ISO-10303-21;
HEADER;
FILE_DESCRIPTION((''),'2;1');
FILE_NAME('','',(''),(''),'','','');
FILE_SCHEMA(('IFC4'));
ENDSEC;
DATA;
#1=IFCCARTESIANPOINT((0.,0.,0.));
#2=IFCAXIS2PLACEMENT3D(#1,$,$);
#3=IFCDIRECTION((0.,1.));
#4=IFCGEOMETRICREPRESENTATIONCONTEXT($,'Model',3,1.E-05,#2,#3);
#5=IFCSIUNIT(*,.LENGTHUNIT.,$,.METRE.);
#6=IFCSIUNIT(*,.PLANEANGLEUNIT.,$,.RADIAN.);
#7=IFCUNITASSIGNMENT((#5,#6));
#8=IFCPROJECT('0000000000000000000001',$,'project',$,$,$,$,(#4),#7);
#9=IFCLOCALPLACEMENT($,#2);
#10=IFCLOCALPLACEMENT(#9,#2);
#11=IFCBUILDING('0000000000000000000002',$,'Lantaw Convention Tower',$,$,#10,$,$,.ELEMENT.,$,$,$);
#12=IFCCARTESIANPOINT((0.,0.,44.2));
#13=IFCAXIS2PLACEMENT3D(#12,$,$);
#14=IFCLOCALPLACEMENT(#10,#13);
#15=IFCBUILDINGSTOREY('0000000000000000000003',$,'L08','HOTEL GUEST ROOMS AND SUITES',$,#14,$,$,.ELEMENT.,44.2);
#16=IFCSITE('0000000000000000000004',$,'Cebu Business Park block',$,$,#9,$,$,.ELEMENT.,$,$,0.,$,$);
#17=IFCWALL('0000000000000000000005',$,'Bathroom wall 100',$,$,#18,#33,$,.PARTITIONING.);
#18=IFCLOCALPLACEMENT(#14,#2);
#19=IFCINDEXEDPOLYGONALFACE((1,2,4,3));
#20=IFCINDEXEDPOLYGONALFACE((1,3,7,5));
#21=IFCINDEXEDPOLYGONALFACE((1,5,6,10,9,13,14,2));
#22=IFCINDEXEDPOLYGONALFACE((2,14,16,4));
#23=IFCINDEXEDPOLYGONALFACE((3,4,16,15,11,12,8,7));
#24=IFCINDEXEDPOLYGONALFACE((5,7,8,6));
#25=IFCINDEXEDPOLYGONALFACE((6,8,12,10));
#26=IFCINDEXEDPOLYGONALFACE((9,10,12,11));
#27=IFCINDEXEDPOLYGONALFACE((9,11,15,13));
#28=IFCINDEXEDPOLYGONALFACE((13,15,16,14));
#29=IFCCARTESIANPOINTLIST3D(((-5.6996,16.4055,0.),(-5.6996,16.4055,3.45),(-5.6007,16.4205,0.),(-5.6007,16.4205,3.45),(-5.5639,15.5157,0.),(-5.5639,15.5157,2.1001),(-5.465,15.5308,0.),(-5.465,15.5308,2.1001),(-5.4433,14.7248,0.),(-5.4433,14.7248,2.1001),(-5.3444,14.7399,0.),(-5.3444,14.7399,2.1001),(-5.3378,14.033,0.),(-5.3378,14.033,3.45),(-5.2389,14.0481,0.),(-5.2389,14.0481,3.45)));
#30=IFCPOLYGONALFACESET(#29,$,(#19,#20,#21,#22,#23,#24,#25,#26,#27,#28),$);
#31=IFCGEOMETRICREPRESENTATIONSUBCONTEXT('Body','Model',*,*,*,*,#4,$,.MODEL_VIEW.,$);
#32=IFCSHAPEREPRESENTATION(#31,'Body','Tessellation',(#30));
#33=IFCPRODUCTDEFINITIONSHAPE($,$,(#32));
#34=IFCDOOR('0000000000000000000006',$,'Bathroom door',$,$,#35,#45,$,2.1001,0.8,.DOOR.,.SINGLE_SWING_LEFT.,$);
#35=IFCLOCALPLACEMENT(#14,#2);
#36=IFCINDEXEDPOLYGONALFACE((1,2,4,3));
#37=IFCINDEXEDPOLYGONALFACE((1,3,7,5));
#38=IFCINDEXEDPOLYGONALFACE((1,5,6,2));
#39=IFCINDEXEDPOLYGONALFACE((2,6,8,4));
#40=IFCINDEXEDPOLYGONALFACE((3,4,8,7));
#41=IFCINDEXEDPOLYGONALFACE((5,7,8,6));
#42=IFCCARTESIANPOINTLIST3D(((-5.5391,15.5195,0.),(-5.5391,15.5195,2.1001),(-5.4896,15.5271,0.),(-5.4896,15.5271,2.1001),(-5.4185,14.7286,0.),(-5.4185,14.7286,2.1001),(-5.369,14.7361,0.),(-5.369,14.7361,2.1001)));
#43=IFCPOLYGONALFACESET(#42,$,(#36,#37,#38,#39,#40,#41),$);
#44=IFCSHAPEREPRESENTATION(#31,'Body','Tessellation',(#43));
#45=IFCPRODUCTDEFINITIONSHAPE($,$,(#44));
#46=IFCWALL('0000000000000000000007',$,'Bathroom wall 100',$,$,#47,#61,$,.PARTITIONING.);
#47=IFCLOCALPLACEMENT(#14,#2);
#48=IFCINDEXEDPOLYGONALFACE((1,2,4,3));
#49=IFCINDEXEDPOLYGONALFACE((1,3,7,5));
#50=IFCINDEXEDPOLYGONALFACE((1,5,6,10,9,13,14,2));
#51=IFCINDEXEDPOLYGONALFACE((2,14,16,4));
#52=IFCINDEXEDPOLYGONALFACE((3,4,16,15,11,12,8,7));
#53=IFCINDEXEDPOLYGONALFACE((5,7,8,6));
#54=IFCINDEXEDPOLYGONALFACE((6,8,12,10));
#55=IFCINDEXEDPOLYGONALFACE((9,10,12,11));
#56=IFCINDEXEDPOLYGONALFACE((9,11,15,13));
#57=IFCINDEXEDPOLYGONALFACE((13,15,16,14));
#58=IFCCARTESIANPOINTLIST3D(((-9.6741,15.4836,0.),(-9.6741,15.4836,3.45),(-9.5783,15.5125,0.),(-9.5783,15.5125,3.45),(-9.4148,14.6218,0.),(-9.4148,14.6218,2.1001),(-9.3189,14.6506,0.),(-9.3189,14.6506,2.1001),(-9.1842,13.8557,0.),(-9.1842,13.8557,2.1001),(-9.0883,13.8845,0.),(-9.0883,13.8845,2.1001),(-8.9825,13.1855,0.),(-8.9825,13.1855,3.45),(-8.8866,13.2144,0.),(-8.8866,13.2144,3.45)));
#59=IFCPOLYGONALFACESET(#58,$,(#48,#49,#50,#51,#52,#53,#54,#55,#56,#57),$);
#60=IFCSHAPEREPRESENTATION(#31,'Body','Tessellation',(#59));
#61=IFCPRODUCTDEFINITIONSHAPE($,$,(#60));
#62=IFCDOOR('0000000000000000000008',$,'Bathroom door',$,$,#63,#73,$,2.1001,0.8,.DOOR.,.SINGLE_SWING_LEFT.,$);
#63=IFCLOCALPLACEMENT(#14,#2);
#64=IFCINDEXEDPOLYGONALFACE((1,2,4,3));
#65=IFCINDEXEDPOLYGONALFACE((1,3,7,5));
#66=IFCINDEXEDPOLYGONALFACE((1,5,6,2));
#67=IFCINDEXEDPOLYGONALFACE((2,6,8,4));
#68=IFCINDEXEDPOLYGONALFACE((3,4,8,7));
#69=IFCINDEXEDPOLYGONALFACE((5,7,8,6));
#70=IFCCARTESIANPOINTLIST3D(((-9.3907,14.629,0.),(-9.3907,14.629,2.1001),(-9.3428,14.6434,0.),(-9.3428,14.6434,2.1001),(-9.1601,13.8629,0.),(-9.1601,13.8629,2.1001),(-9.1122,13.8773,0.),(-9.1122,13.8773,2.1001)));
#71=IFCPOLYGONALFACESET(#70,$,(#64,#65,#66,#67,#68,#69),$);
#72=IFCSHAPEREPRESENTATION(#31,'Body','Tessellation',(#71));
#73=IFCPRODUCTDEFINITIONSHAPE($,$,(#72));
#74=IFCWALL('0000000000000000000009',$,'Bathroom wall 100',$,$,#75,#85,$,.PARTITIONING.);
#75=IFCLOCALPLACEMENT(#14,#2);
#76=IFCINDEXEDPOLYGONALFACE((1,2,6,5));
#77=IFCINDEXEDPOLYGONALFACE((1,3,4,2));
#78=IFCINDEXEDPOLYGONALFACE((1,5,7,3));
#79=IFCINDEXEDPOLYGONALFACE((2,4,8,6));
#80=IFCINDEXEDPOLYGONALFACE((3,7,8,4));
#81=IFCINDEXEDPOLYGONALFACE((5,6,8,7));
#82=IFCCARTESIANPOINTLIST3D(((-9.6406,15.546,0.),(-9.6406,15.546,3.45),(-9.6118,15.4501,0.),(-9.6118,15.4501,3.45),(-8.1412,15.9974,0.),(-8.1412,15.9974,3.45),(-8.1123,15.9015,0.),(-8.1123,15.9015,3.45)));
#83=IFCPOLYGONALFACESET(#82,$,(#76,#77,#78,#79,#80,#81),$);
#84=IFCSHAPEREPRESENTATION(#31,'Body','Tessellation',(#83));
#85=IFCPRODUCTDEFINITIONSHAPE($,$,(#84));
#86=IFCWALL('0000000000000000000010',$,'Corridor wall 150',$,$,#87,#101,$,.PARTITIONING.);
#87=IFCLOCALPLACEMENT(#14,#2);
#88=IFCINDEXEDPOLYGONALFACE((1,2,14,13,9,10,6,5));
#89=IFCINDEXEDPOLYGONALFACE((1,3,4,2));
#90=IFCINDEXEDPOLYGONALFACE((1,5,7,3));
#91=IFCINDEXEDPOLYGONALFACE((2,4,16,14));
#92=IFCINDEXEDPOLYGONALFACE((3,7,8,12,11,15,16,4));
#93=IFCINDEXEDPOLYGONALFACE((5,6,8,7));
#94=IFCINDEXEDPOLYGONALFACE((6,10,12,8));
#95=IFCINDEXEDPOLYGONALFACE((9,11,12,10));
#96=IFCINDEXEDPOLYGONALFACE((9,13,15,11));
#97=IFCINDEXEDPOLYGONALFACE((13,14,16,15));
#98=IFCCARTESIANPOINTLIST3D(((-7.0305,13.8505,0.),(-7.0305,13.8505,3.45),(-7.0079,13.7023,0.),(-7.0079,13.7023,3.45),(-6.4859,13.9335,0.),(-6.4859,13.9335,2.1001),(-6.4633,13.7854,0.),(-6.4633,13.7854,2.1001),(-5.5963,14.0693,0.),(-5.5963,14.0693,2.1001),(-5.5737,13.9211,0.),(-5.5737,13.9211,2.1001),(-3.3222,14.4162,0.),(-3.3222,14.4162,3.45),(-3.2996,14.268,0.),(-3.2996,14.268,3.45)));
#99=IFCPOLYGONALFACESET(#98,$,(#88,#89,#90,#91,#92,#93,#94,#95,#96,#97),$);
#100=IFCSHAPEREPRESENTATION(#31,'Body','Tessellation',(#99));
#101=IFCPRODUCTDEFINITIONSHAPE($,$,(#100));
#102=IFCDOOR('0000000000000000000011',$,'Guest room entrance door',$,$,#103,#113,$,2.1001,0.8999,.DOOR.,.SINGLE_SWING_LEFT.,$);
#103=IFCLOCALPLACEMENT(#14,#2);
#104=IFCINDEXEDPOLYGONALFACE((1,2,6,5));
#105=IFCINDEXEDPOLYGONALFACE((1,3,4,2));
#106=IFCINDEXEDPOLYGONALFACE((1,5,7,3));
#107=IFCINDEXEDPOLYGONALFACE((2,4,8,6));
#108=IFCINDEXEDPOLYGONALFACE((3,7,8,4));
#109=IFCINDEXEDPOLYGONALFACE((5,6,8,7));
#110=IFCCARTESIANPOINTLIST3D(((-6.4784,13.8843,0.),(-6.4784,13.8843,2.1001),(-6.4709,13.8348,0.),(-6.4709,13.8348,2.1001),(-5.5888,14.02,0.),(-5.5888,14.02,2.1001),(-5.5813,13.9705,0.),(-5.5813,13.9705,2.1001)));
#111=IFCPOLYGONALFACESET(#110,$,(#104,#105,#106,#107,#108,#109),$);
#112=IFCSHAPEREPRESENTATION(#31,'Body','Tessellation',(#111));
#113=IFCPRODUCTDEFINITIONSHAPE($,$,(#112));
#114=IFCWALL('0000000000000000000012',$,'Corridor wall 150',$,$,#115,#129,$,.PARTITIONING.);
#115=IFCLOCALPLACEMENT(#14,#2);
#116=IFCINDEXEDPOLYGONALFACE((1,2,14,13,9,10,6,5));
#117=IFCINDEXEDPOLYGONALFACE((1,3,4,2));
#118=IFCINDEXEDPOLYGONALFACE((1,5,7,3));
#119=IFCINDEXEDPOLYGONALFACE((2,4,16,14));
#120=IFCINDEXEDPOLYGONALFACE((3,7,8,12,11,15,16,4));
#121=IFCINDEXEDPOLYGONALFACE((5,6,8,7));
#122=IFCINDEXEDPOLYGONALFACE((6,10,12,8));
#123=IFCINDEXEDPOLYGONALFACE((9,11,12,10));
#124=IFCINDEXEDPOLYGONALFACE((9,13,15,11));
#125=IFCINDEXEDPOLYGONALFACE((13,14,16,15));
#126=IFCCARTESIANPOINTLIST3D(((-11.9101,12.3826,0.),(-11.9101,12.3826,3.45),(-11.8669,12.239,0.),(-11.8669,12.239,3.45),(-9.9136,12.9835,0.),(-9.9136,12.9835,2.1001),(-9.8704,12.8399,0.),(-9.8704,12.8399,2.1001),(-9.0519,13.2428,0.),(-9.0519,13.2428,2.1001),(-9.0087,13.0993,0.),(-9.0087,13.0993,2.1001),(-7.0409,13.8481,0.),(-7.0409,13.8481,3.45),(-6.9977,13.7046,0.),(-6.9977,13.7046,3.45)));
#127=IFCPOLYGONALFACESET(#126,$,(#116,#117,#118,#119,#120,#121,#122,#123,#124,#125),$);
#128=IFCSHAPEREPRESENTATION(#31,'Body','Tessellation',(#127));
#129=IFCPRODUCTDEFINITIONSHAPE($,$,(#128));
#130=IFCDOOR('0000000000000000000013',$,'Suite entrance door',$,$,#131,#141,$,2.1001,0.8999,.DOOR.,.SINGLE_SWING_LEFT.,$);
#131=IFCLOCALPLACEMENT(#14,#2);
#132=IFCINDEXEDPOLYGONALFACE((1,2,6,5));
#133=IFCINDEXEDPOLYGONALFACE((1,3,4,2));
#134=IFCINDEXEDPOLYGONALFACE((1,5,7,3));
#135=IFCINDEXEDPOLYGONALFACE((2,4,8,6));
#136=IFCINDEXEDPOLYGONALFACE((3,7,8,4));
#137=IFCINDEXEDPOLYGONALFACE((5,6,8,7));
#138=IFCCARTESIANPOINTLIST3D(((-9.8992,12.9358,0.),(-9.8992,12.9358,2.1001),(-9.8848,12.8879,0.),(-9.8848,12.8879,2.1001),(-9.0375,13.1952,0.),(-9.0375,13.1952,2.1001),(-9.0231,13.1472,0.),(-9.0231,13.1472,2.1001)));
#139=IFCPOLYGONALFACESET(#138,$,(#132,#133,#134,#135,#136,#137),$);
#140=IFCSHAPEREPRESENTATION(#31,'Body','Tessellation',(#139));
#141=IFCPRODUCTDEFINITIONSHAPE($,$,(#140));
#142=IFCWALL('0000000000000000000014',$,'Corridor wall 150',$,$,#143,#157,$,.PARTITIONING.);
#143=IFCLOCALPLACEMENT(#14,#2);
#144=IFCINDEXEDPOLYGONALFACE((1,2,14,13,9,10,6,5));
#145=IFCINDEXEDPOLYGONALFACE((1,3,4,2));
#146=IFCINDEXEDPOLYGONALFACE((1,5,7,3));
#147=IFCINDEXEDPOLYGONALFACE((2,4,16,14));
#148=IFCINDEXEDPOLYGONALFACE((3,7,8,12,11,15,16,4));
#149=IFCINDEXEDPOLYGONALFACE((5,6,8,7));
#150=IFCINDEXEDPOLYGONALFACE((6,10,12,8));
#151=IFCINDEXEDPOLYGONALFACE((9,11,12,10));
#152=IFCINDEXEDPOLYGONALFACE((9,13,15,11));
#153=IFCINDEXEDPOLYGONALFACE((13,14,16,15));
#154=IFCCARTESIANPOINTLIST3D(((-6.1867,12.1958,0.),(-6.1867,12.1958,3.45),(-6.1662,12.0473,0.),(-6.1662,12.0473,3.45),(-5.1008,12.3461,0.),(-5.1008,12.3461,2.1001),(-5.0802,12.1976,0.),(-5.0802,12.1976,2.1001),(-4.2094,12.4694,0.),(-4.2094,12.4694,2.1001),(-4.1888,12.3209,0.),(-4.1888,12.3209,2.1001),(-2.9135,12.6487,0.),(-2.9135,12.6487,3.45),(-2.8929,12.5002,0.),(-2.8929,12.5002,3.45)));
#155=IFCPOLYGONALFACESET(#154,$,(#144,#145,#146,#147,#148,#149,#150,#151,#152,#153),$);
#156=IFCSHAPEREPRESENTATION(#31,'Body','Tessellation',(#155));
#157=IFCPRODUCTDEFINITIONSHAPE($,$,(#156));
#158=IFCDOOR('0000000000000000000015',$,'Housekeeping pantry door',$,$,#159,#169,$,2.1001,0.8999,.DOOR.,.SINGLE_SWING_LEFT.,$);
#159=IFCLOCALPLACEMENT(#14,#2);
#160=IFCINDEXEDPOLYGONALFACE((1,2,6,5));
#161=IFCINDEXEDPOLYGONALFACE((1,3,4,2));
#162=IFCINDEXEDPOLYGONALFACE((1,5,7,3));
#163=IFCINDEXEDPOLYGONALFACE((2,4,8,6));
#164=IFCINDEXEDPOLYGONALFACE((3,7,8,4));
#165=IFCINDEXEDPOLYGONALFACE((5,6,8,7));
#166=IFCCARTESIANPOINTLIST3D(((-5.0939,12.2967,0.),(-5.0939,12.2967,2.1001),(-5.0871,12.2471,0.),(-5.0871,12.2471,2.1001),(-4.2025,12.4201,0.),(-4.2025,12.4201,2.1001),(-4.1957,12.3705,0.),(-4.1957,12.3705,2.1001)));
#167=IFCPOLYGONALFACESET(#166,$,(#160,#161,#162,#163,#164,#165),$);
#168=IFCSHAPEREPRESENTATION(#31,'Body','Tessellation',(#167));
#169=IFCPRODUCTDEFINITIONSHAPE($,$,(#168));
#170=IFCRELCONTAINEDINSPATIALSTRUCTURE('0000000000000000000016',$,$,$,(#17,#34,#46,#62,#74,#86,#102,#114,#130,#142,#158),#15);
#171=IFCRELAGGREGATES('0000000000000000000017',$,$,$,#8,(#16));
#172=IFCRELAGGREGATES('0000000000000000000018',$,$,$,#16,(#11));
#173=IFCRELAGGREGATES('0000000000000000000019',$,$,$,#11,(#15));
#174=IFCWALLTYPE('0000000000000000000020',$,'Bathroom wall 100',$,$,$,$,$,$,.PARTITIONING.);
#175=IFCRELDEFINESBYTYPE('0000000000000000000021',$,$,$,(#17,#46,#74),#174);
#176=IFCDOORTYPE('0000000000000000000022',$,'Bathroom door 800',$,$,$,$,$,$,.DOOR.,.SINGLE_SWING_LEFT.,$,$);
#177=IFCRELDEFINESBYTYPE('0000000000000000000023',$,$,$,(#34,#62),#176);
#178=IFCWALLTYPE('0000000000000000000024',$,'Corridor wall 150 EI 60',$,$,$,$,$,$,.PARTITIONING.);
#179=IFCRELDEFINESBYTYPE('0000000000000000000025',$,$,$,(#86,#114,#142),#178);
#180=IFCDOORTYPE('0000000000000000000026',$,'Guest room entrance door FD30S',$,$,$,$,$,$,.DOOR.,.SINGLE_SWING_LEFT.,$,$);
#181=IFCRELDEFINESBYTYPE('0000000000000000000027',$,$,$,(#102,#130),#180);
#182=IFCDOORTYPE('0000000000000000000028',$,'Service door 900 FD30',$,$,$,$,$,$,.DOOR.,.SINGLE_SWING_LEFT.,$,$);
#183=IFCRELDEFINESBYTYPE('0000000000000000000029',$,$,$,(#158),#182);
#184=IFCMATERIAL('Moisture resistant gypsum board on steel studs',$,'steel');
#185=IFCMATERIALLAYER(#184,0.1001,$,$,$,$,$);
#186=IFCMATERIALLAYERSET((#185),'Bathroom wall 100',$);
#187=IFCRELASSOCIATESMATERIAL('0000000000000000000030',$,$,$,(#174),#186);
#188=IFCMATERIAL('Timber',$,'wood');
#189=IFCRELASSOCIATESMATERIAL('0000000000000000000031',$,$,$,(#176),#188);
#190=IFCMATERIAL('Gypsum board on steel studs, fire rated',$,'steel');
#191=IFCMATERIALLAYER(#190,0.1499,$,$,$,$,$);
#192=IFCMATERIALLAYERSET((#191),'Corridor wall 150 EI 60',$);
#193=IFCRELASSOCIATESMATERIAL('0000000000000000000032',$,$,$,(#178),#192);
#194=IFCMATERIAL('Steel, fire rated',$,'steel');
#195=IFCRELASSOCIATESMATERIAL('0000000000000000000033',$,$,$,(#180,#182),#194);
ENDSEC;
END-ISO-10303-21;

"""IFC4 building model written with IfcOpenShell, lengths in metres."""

from ifc_helpers import new_model, si_unit, direction, frame, frame_2d, origin, place, context, subcontext, project, spatial, rectangle, extrude, material, layer, layer_set, type_object, element, fill, save


model = new_model("IFC4")

# Units and contexts
model_context = context("Model", 3, precision=1e-05, world=origin(), true_north=direction((0.0, 1.0)))
body_context = subcontext(model_context, "Body", "Model", "MODEL_VIEW")
ifc_project = project(units=[si_unit("LENGTHUNIT", "METRE"), si_unit("PLANEANGLEUNIT", "RADIAN")], contexts=[model_context])

# Site, building, storey
site_placement = place(None, origin())
site = spatial("IfcSite", under=ifc_project, at=site_placement, Name="Cebu Business Park block", CompositionType="ELEMENT", RefElevation=0.0)
building_placement = place(site_placement, origin())
building = spatial("IfcBuilding", under=site, at=building_placement, Name="Lantaw Convention Tower", CompositionType="ELEMENT")
storey_placement = place(building_placement, frame((0.0, 0.0, 44.2)))
storey = spatial("IfcBuildingStorey", under=building, at=storey_placement, Name="L08", Description="HOTEL GUEST ROOMS AND SUITES", CompositionType="ELEMENT", Elevation=44.2)

# Walls, openings, doors
ifc_material_1 = material(Name="Moisture resistant gypsum board on steel studs", Category="steel")
ifc_layer_1 = layer(ifc_material_1, 0.1001)
ifc_layer_set_1 = layer_set([ifc_layer_1], Name="Bathroom wall 100")
wall_type_1 = type_object("IfcWallType", Name="Bathroom wall 100", PredefinedType="PARTITIONING", material=ifc_layer_set_1)
ifc_material_2 = material(Name="Timber", Category="wood")
door_type_1 = type_object("IfcDoorType", Name="Bathroom door 800", OperationType="SINGLE_SWING_LEFT", PredefinedType="DOOR", material=ifc_material_2)
wall_1_placement = place(storey_placement, frame((-5.2883, 14.0405, 0.0), z_axis=(0.0, 0.0, 1.0), x_axis=(-0.150758, 0.988571, 0.0)))
wall_1 = element("IfcWall", 1, at=wall_1_placement, inside=storey, type_object=wall_type_1, Name="Bathroom wall 100", PredefinedType="PARTITIONING", context=body_context, shape_type="SweptSolid", body=[
    extrude(rectangle(XDim=2.3999, YDim=0.1001, at=frame_2d((1.2, 0.0))), origin(), (0.0, 0.0, 1.0), 3.45),
])
opening_1_placement = place(wall_1_placement, frame((0.7, 0.0, 0.0)))
opening_1 = element("IfcOpeningElement", 2, at=opening_1_placement, cuts=wall_1, PredefinedType="OPENING", context=body_context, shape_type="SweptSolid", body=[
    extrude(rectangle(XDim=0.8, YDim=2.1001, at=frame_2d((0.3999, 1.05))), frame((0.0, 0.0601, 0.0), z_axis=(0.0, -1.0, 0.0), x_axis=(1.0, 0.0, 0.0)), (0.0, 0.0, 1.0), 0.1201),
])
door_1_placement = place(opening_1_placement, origin())
door_1 = element("IfcDoor", 3, at=door_1_placement, inside=storey, type_object=door_type_1, Name="Bathroom door", OperationType="SINGLE_SWING_LEFT", OverallHeight=2.1001, OverallWidth=0.8, PredefinedType="DOOR", context=body_context, shape_type="SweptSolid", body=[
    extrude(rectangle(XDim=0.8, YDim=2.1001, at=frame_2d((0.3999, 1.05))), frame((0.0, 0.0249, 0.0), z_axis=(0.0, -1.0, 0.0), x_axis=(1.0, 0.0, 0.0)), (0.0, 0.0, 1.0), 0.05),
])
fill(opening_1, door_1)
wall_2_placement = place(storey_placement, frame((-8.9346, 13.2, 0.0), z_axis=(0.0, 0.0, 1.0), x_axis=(-0.288197, 0.957571, 0.0)))
wall_2 = element("IfcWall", 4, at=wall_2_placement, inside=storey, type_object=wall_type_1, Name="Bathroom wall 100", PredefinedType="PARTITIONING", context=body_context, shape_type="SweptSolid", body=[
    extrude(rectangle(XDim=2.3999, YDim=0.1001, at=frame_2d((1.2, 0.0))), origin(), (0.0, 0.0, 1.0), 3.45),
])
opening_2_placement = place(wall_2_placement, frame((0.7, 0.0, 0.0)))
opening_2 = element("IfcOpeningElement", 5, at=opening_2_placement, cuts=wall_2, PredefinedType="OPENING", context=body_context, shape_type="SweptSolid", body=[
    extrude(rectangle(XDim=0.8, YDim=2.1001, at=frame_2d((0.3999, 1.05))), frame((0.0, 0.0601, 0.0), z_axis=(0.0, -1.0, 0.0), x_axis=(1.0, 0.0, 0.0)), (0.0, 0.0, 1.0), 0.1201),
])
door_2_placement = place(opening_2_placement, origin())
door_2 = element("IfcDoor", 6, at=door_2_placement, inside=storey, type_object=door_type_1, Name="Bathroom door", OperationType="SINGLE_SWING_LEFT", OverallHeight=2.1001, OverallWidth=0.8, PredefinedType="DOOR", context=body_context, shape_type="SweptSolid", body=[
    extrude(rectangle(XDim=0.8, YDim=2.1001, at=frame_2d((0.3999, 1.05))), frame((0.0, 0.0249, 0.0), z_axis=(0.0, -1.0, 0.0), x_axis=(1.0, 0.0, 0.0)), (0.0, 0.0, 1.0), 0.05),
])
fill(opening_2, door_2)

# Wall
wall_3_placement = place(storey_placement, frame((-9.6262, 15.498, 0.0), z_axis=(0.0, 0.0, 1.0), x_axis=(0.957551, 0.288263, 0.0)))
element("IfcWall", 7, at=wall_3_placement, inside=storey, type_object=wall_type_1, Name="Bathroom wall 100", PredefinedType="PARTITIONING", context=body_context, shape_type="SweptSolid", body=[
    extrude(rectangle(XDim=1.5659, YDim=0.1001, at=frame_2d((0.783, 0.0))), origin(), (0.0, 0.0, 1.0), 3.45),
])

# Walls, openings, doors
ifc_material_3 = material(Name="Gypsum board on steel studs, fire rated", Category="steel")
ifc_layer_2 = layer(ifc_material_3, 0.1499)
ifc_layer_set_2 = layer_set([ifc_layer_2], Name="Corridor wall 150 EI 60")
wall_type_2 = type_object("IfcWallType", Name="Corridor wall 150 EI 60", PredefinedType="PARTITIONING", material=ifc_layer_set_2)
wall_4_placement = place(storey_placement, frame((-3.311, 14.342, 0.0), z_axis=(0.0, 0.0, 1.0), x_axis=(-0.988564, -0.1508, 0.0)))
wall_4 = element("IfcWall", 8, at=wall_4_placement, inside=storey, type_object=wall_type_2, Name="Corridor wall 150", PredefinedType="PARTITIONING", context=body_context, shape_type="SweptSolid", body=[
    extrude(rectangle(XDim=3.7512, YDim=0.1499, at=frame_2d((1.8755, 0.0))), origin(), (0.0, 0.0, 1.0), 3.45),
])
opening_3_placement = place(wall_4_placement, frame((2.3003, 0.0, 0.0)))
opening_3 = element("IfcOpeningElement", 9, at=opening_3_placement, cuts=wall_4, PredefinedType="OPENING", context=body_context, shape_type="SweptSolid", body=[
    extrude(rectangle(XDim=0.8999, YDim=2.1001, at=frame_2d((0.45, 1.05))), frame((0.0, 0.085, 0.0), z_axis=(0.0, -1.0, 0.0), x_axis=(1.0, 0.0, 0.0)), (0.0, 0.0, 1.0), 0.1699),
])
ifc_material_4 = material(Name="Steel, fire rated", Category="steel")
door_type_2 = type_object("IfcDoorType", Name="Guest room entrance door FD30S", OperationType="SINGLE_SWING_LEFT", PredefinedType="DOOR", material=ifc_material_4)
door_3_placement = place(opening_3_placement, origin())
door_3 = element("IfcDoor", 10, at=door_3_placement, inside=storey, type_object=door_type_2, Name="Guest room entrance door", OperationType="SINGLE_SWING_LEFT", OverallHeight=2.1001, OverallWidth=0.8999, PredefinedType="DOOR", context=body_context, shape_type="SweptSolid", body=[
    extrude(rectangle(XDim=0.8999, YDim=2.1001, at=frame_2d((0.45, 1.05))), frame((0.0, 0.0249, 0.0), z_axis=(0.0, -1.0, 0.0), x_axis=(1.0, 0.0, 0.0)), (0.0, 0.0, 1.0), 0.05),
])
fill(opening_3, door_3)
wall_5_placement = place(storey_placement, frame((-7.0193, 13.7764, 0.0), z_axis=(0.0, 0.0, 1.0), x_axis=(-0.957564, -0.28822, 0.0)))
wall_5 = element("IfcWall", 11, at=wall_5_placement, inside=storey, type_object=wall_type_2, Name="Corridor wall 150", PredefinedType="PARTITIONING", context=body_context, shape_type="SweptSolid", body=[
    extrude(rectangle(XDim=5.085, YDim=0.1499, at=frame_2d((2.5425, 0.0))), origin(), (0.0, 0.0, 1.0), 3.45),
])
opening_4_placement = place(wall_5_placement, frame((2.1001, 0.0, 0.0)))
opening_4 = element("IfcOpeningElement", 12, at=opening_4_placement, cuts=wall_5, PredefinedType="OPENING", context=body_context, shape_type="SweptSolid", body=[
    extrude(rectangle(XDim=0.8999, YDim=2.1001, at=frame_2d((0.45, 1.05))), frame((0.0, 0.085, 0.0), z_axis=(0.0, -1.0, 0.0), x_axis=(1.0, 0.0, 0.0)), (0.0, 0.0, 1.0), 0.1699),
])
door_4_placement = place(opening_4_placement, origin())
door_4 = element("IfcDoor", 13, at=door_4_placement, inside=storey, type_object=door_type_2, Name="Suite entrance door", OperationType="SINGLE_SWING_LEFT", OverallHeight=2.1001, OverallWidth=0.8999, PredefinedType="DOOR", context=body_context, shape_type="SweptSolid", body=[
    extrude(rectangle(XDim=0.8999, YDim=2.1001, at=frame_2d((0.45, 1.05))), frame((0.0, 0.0249, 0.0), z_axis=(0.0, -1.0, 0.0), x_axis=(1.0, 0.0, 0.0)), (0.0, 0.0, 1.0), 0.05),
])
fill(opening_4, door_4)
wall_6_placement = place(storey_placement, frame((-2.9031, 12.5745, 0.0), z_axis=(0.0, 0.0, 1.0), x_axis=(-0.990563, -0.137055, 0.0)))
wall_6 = element("IfcWall", 14, at=wall_6_placement, inside=storey, type_object=wall_type_2, Name="Corridor wall 150", PredefinedType="PARTITIONING", context=body_context, shape_type="SweptSolid", body=[
    extrude(rectangle(XDim=3.3044, YDim=0.1499, at=frame_2d((1.6523, 0.0))), origin(), (0.0, 0.0, 1.0), 3.45),
])
opening_5_placement = place(wall_6_placement, frame((1.3083, 0.0, 0.0)))
opening_5 = element("IfcOpeningElement", 15, at=opening_5_placement, cuts=wall_6, PredefinedType="OPENING", context=body_context, shape_type="SweptSolid", body=[
    extrude(rectangle(XDim=0.8999, YDim=2.1001, at=frame_2d((0.45, 1.05))), frame((0.0, 0.085, 0.0), z_axis=(0.0, -1.0, 0.0), x_axis=(1.0, 0.0, 0.0)), (0.0, 0.0, 1.0), 0.1699),
])
door_type_3 = type_object("IfcDoorType", Name="Service door 900 FD30", OperationType="SINGLE_SWING_LEFT", PredefinedType="DOOR", material=ifc_material_4)
door_5_placement = place(opening_5_placement, origin())
door_5 = element("IfcDoor", 16, at=door_5_placement, inside=storey, type_object=door_type_3, Name="Housekeeping pantry door", OperationType="SINGLE_SWING_LEFT", OverallHeight=2.1001, OverallWidth=0.8999, PredefinedType="DOOR", context=body_context, shape_type="SweptSolid", body=[
    extrude(rectangle(XDim=0.8999, YDim=2.1001, at=frame_2d((0.45, 1.05))), frame((0.0, 0.0249, 0.0), z_axis=(0.0, -1.0, 0.0), x_axis=(1.0, 0.0, 0.0)), (0.0, 0.0, 1.0), 0.05),
])
fill(opening_5, door_5)

save(model, "model.ifc")
